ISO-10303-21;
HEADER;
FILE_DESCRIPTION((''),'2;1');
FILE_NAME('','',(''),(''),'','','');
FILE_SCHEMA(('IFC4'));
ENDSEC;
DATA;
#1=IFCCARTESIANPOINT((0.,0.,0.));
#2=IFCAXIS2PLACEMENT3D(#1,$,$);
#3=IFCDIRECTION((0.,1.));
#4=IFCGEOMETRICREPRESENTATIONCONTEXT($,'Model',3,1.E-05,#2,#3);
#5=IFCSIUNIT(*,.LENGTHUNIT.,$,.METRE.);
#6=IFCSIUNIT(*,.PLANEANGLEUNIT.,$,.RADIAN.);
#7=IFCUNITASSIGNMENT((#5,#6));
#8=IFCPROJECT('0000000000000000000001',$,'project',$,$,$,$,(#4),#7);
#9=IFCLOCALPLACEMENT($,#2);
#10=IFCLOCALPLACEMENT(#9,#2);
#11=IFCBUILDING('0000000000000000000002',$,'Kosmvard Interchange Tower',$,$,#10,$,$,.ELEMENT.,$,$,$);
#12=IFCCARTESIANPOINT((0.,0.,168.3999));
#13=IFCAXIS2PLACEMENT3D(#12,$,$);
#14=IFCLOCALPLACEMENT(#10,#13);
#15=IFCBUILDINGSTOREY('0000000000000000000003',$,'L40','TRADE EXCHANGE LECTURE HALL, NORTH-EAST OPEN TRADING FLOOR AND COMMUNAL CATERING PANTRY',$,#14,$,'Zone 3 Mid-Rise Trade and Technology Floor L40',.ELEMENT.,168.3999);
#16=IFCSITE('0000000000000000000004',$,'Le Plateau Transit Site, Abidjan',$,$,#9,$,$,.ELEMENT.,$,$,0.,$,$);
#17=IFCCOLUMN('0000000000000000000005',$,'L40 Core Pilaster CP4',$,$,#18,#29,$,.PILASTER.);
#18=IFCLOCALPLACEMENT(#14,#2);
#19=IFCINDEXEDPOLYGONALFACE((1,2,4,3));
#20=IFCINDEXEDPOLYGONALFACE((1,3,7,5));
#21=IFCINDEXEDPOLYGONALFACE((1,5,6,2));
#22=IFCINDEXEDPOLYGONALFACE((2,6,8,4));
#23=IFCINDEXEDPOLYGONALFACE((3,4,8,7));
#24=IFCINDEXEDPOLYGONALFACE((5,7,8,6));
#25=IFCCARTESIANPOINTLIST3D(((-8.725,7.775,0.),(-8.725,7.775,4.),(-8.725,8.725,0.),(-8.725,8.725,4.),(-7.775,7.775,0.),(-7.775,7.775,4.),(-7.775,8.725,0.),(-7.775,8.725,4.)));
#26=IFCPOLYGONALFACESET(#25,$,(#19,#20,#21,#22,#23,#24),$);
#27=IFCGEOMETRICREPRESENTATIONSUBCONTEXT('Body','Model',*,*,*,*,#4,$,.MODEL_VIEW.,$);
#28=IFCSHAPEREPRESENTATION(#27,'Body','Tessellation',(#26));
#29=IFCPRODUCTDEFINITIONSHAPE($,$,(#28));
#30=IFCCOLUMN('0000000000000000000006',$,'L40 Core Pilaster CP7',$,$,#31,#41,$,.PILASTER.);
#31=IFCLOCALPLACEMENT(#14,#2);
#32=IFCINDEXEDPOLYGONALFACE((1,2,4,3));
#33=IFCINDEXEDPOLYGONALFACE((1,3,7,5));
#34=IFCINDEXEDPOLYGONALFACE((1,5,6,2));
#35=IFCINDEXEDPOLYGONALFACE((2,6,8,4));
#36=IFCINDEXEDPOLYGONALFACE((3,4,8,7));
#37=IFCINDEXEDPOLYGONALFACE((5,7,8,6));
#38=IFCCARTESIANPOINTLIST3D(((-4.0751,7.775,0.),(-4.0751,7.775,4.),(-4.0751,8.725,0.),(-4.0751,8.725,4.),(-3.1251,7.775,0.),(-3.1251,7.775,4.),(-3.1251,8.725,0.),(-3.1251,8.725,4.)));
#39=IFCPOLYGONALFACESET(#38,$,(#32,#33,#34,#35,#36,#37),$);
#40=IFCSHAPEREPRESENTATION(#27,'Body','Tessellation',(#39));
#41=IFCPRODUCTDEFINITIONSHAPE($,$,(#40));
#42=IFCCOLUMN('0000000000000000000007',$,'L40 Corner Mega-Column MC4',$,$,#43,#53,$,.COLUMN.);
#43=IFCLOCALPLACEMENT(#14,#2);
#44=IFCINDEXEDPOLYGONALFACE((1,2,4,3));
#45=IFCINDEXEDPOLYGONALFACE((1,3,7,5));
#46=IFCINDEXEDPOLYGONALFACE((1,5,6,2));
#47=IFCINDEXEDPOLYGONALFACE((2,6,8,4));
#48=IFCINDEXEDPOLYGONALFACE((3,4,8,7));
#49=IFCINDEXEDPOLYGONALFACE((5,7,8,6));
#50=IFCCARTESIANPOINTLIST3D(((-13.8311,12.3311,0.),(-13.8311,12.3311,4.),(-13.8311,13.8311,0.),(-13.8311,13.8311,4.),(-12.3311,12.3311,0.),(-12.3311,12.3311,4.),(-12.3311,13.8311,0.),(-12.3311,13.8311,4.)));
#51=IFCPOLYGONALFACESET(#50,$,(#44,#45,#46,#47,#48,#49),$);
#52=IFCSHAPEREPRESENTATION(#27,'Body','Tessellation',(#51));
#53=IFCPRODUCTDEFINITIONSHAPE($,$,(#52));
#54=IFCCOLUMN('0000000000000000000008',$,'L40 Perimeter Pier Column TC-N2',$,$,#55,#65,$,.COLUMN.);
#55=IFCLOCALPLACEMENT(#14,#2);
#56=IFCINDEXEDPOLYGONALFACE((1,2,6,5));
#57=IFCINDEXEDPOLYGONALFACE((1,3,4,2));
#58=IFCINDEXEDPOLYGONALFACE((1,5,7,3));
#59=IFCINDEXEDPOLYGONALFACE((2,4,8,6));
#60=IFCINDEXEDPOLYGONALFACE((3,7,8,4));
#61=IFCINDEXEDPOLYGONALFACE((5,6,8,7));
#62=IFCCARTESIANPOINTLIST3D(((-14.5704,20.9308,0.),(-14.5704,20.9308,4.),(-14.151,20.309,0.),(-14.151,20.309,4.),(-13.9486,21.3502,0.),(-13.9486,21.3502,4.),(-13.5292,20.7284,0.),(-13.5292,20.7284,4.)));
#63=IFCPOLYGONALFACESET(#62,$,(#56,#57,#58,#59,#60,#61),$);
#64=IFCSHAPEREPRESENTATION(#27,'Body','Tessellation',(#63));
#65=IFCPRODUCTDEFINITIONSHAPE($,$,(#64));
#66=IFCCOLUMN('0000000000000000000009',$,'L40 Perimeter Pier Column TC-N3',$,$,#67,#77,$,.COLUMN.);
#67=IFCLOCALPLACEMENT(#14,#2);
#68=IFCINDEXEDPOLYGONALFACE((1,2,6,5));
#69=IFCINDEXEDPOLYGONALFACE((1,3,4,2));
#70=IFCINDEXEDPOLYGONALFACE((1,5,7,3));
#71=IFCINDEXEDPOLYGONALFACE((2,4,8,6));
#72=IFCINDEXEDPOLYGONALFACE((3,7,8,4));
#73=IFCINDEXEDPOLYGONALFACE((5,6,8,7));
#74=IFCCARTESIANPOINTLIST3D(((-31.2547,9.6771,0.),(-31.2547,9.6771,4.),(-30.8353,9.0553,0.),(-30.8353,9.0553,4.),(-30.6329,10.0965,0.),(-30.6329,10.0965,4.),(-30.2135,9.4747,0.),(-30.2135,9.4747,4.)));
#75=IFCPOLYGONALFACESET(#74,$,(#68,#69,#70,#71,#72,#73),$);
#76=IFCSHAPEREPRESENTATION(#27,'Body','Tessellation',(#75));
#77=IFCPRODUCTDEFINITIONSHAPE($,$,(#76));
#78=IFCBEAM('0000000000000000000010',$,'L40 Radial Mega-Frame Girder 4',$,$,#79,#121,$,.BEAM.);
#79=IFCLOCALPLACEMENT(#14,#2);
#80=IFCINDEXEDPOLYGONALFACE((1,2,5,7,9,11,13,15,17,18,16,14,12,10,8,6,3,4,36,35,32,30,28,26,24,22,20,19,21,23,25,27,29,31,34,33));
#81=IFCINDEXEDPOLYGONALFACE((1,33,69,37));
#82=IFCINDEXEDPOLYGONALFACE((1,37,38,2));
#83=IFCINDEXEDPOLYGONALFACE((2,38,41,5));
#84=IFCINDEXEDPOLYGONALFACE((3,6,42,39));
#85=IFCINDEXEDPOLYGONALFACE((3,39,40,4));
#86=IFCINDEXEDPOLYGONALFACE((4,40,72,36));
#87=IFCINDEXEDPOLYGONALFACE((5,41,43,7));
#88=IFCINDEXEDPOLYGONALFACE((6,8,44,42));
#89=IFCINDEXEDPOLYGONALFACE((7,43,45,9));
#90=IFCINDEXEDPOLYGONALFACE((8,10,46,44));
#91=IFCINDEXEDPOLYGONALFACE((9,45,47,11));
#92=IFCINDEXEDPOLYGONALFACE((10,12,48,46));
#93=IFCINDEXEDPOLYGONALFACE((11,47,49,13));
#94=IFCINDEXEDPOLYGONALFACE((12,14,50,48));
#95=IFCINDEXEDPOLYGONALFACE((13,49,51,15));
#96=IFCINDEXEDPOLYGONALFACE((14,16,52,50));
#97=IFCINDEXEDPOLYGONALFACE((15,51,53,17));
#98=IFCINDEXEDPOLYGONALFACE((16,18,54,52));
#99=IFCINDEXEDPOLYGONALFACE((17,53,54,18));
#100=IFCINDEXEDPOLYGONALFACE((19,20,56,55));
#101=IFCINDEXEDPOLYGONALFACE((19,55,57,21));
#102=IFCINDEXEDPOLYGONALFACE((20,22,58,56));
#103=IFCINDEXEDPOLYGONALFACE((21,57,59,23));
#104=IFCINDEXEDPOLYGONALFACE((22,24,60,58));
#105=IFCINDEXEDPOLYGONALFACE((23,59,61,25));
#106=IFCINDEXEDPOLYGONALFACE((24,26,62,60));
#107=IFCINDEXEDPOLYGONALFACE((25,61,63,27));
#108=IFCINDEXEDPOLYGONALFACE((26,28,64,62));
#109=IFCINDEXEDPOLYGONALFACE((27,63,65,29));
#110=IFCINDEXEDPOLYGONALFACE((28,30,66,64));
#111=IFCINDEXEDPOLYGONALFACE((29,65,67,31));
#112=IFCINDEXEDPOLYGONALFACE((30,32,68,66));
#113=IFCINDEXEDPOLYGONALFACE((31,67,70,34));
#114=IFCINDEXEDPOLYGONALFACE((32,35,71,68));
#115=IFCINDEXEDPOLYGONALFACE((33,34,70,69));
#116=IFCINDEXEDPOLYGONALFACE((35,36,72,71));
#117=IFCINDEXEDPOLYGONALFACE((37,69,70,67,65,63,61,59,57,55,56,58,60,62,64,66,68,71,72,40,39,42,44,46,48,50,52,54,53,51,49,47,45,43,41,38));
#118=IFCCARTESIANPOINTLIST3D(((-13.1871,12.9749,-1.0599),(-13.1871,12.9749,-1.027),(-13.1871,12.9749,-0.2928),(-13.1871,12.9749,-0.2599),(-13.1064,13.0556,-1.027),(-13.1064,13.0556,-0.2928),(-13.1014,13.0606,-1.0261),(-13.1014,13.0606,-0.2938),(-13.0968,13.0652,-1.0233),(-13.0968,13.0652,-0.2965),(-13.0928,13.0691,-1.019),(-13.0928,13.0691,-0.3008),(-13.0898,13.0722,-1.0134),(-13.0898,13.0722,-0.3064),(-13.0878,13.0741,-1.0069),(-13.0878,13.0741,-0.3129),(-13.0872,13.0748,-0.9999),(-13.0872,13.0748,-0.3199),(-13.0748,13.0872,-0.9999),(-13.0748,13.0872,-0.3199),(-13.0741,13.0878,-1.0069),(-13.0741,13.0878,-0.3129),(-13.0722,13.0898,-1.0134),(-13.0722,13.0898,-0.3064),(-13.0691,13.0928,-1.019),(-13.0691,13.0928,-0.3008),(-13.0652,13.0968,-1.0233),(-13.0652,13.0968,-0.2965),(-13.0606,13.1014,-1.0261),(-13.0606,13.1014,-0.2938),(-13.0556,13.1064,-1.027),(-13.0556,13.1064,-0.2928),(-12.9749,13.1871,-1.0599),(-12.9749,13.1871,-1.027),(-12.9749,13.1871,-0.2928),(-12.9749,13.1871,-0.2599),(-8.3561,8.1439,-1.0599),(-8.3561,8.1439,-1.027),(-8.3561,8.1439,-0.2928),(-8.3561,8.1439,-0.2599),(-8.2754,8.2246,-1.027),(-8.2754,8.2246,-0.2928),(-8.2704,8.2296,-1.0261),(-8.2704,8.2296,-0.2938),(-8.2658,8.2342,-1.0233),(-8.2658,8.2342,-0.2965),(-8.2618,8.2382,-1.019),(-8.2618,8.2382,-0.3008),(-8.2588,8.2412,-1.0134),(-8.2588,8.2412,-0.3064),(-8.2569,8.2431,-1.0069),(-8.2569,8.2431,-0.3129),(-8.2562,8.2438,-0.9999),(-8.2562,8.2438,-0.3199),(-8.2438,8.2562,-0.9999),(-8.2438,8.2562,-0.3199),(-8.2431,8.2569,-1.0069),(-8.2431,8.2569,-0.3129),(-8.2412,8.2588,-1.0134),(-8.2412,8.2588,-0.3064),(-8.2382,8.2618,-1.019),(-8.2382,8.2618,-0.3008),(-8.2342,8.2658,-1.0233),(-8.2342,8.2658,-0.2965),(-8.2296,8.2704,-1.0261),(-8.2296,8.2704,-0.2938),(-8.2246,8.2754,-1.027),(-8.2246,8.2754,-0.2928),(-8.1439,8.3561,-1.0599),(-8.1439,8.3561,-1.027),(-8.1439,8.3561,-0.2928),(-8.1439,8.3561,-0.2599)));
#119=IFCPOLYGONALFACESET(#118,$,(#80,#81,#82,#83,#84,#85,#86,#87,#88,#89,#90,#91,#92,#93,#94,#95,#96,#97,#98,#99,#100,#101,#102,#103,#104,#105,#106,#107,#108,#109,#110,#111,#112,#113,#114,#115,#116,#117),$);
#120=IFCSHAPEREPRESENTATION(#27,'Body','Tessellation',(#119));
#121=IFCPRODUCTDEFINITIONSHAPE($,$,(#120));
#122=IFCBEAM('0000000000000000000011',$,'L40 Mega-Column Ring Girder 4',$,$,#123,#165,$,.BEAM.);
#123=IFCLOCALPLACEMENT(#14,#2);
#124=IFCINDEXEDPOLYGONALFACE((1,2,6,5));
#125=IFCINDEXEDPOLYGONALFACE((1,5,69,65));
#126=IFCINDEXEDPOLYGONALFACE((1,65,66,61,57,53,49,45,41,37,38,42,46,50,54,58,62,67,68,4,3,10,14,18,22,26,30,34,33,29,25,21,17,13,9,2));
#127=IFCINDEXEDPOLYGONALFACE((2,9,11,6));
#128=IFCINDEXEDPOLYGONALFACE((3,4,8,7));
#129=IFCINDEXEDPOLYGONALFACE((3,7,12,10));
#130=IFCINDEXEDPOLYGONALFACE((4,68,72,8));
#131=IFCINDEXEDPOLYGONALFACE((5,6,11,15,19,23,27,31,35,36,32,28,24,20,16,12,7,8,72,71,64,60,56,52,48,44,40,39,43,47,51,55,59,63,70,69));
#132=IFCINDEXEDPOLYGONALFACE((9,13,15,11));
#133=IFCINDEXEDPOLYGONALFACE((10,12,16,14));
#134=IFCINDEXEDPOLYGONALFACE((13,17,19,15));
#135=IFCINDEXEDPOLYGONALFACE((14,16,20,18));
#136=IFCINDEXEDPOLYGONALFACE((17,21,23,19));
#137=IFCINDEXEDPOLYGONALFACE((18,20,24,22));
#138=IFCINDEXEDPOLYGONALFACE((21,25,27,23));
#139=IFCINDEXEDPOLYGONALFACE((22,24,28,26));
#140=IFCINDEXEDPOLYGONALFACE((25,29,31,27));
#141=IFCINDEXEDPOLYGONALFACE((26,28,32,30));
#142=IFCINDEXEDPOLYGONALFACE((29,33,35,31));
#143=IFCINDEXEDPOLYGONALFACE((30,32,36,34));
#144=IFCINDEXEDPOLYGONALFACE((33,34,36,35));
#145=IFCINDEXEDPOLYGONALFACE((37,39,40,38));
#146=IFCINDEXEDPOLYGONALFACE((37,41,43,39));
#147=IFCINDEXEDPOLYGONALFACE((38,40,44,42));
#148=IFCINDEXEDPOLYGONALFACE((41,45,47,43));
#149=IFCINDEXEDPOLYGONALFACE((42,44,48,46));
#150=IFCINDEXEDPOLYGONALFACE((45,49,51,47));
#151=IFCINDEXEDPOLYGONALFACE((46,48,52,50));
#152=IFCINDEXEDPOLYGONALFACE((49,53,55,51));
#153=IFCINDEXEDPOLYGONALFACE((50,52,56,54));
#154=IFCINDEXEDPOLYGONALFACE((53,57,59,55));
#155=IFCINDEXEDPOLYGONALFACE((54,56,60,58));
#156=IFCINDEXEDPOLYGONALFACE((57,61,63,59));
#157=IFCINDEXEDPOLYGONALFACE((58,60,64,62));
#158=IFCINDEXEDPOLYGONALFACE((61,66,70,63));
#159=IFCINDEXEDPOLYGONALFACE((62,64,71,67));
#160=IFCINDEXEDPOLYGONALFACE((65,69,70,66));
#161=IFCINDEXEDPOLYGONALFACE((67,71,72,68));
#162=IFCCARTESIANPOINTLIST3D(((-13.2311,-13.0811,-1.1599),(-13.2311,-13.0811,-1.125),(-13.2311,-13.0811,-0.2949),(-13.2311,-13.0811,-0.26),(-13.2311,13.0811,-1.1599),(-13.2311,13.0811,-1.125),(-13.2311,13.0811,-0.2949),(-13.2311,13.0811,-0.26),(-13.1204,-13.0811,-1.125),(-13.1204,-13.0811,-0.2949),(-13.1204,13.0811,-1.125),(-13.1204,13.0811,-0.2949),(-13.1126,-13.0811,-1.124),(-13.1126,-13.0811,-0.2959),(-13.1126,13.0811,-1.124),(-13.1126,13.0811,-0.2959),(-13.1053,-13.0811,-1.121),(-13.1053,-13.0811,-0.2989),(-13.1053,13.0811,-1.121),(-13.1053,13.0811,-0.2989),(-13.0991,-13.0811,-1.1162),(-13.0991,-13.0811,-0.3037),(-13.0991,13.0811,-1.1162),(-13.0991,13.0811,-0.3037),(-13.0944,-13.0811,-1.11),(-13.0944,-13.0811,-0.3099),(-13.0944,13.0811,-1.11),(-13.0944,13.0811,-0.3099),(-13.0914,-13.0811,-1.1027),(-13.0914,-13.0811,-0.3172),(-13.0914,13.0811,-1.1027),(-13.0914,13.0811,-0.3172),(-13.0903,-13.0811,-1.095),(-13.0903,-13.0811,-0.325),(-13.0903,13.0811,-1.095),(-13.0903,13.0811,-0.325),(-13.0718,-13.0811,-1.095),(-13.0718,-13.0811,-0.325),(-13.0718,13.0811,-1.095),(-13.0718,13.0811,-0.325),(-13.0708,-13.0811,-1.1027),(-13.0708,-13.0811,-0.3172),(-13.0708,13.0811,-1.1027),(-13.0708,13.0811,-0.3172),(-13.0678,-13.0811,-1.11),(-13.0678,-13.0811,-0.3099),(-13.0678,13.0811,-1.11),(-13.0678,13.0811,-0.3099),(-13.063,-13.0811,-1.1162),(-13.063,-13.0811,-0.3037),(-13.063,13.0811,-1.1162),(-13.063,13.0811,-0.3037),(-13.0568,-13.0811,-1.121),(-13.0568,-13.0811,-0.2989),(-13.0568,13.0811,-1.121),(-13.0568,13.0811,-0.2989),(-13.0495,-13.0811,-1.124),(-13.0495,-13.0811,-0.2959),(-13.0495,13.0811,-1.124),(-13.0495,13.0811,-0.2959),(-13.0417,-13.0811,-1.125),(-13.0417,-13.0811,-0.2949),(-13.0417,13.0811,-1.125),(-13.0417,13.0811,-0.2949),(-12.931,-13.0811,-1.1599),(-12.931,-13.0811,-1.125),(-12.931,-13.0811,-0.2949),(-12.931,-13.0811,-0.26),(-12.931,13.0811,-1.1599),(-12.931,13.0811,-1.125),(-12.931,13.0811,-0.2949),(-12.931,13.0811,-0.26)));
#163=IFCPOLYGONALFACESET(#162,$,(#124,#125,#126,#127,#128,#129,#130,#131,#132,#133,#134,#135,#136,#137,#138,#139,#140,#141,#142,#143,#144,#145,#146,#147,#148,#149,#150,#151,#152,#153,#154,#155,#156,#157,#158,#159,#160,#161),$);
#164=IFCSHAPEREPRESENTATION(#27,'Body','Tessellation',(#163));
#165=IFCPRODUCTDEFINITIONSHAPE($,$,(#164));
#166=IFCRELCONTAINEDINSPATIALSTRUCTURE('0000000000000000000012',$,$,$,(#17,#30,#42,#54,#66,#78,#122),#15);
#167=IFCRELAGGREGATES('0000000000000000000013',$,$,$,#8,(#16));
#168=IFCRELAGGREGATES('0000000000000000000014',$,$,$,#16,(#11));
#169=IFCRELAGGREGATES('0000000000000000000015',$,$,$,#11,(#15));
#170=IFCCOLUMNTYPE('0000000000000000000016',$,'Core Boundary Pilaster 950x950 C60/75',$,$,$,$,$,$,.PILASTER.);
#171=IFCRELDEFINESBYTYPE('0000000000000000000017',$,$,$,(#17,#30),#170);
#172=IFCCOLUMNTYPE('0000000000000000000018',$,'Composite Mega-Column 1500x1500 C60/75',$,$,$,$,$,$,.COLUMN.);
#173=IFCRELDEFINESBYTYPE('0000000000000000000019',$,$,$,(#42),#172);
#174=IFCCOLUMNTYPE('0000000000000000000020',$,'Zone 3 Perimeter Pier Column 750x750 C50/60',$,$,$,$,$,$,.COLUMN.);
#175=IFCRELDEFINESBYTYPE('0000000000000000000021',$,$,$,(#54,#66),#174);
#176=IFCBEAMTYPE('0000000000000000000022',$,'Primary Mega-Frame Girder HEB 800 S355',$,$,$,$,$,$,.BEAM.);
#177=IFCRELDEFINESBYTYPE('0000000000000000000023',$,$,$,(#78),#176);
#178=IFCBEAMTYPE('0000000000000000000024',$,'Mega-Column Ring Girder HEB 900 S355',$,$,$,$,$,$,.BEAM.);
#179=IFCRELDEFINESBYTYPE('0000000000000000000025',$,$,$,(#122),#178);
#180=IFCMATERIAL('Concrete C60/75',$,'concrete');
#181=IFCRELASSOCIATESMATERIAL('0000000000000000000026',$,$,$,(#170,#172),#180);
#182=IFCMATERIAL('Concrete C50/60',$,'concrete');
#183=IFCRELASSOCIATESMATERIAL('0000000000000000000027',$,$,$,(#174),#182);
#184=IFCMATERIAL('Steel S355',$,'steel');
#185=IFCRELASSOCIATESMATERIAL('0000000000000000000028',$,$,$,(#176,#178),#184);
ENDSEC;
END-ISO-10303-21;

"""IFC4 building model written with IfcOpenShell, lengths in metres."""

from ifc_helpers import new_model, si_unit, direction, frame, origin, origin_2d, place, context, subcontext, project, spatial, rectangle, i_section, extrude, source, transform, mapped, material, material_profile, profile_set, type_object, element, save


model = new_model("IFC4")

# Units and contexts
model_context = context("Model", 3, precision=1e-05, world=origin(), true_north=direction((0.0, 1.0)))
body_context = subcontext(model_context, "Body", "Model", "MODEL_VIEW")
ifc_project = project(units=[si_unit("LENGTHUNIT", "METRE"), si_unit("PLANEANGLEUNIT", "RADIAN")], contexts=[model_context])

# Site, building, storey
site_placement = place(None, origin())
site = spatial("IfcSite", under=ifc_project, at=site_placement, Name="Le Plateau Transit Site, Abidjan", CompositionType="ELEMENT", RefElevation=0.0)
building_placement = place(site_placement, origin())
building = spatial("IfcBuilding", under=site, at=building_placement, Name="Kosmvard Interchange Tower", CompositionType="ELEMENT")
storey_placement = place(building_placement, frame((0.0, 0.0, 168.3999)))
storey = spatial("IfcBuildingStorey", under=building, at=storey_placement, Name="L40", Description="TRADE EXCHANGE LECTURE HALL, NORTH-EAST OPEN TRADING FLOOR AND COMMUNAL CATERING PANTRY", LongName="Zone 3 Mid-Rise Trade and Technology Floor L40", CompositionType="ELEMENT", Elevation=168.3999)

# Columns
ifc_material_1 = material(Name="Concrete C60/75", Category="concrete")
ifc_material_profile_1 = material_profile(ifc_material_1, rectangle(XDim=0.95, YDim=0.95, at=origin_2d()), Name="CP 950x950")
ifc_profile_set_1 = profile_set([ifc_material_profile_1], Name="Concrete C60/75")
column_type_1 = type_object("IfcColumnType", Name="Core Boundary Pilaster 950x950 C60/75", PredefinedType="PILASTER", material=ifc_profile_set_1)
shared_shape_1 = source(origin(), body_context, "Body", "SweptSolid", [
    extrude(rectangle(XDim=0.95, YDim=0.95, at=origin_2d()), origin(), (0.0, 0.0, 1.0), 4.0),
])
for number, where, z_axis, x_axis, name in (
    (1, (-8.25, 8.25, 0.0), (0.0, 0.0, 1.0), (1.0, 0.0, 0.0), "L40 Core Pilaster CP4"),
    (2, (-3.6001, 8.25, 0.0), (0.0, 0.0, 1.0), (1.0, 0.0, 0.0), "L40 Core Pilaster CP7"),
):
    element("IfcColumn", number, at=place(storey_placement, frame(where, z_axis=z_axis, x_axis=x_axis)), inside=storey, type_object=column_type_1, Name=name, PredefinedType="PILASTER", context=body_context, shape_type="MappedRepresentation", body=[
        mapped(shared_shape_1, transform((0.0, 0.0, 0.0), scale=1.0)),
    ])
ifc_material_profile_2 = material_profile(ifc_material_1, rectangle(XDim=1.5, YDim=1.5, at=origin_2d()), Name="MC 1500x1500")
ifc_profile_set_2 = profile_set([ifc_material_profile_2], Name="Concrete C60/75")
column_type_2 = type_object("IfcColumnType", Name="Composite Mega-Column 1500x1500 C60/75", PredefinedType="COLUMN", material=ifc_profile_set_2)
shared_shape_2 = source(origin(), body_context, "Body", "SweptSolid", [
    extrude(rectangle(XDim=1.5, YDim=1.5, at=origin_2d()), origin(), (0.0, 0.0, 1.0), 4.0),
])
column_placement = place(storey_placement, frame((-13.0811, 13.0811, 0.0), z_axis=(0.0, 0.0, 1.0), x_axis=(1.0, 0.0, 0.0)))
element("IfcColumn", 3, at=column_placement, inside=storey, type_object=column_type_2, Name="L40 Corner Mega-Column MC4", PredefinedType="COLUMN", context=body_context, shape_type="MappedRepresentation", body=[
    mapped(shared_shape_2, transform((0.0, 0.0, 0.0), scale=1.0)),
])
ifc_material_2 = material(Name="Concrete C50/60", Category="concrete")
ifc_material_profile_3 = material_profile(ifc_material_2, rectangle(XDim=0.75, YDim=0.75, at=origin_2d()), Name="TC 750x750")
ifc_profile_set_3 = profile_set([ifc_material_profile_3], Name="Concrete C50/60")
column_type_3 = type_object("IfcColumnType", Name="Zone 3 Perimeter Pier Column 750x750 C50/60", PredefinedType="COLUMN", material=ifc_profile_set_3)
shared_shape_3 = source(origin(), body_context, "Body", "SweptSolid", [
    extrude(rectangle(XDim=0.75, YDim=0.75, at=origin_2d()), origin(), (0.0, 0.0, 1.0), 4.0),
])
for number, where, z_axis, x_axis, name in (
    (4, (-14.0498, 20.8296, 0.0), (0.0, 0.0, 1.0), (0.829038, 0.559193, 0.0), "L40 Perimeter Pier Column TC-N2"),
    (5, (-30.7341, 9.5759, 0.0), (0.0, 0.0, 1.0), (0.829038, 0.559193, 0.0), "L40 Perimeter Pier Column TC-N3"),
):
    element("IfcColumn", number, at=place(storey_placement, frame(where, z_axis=z_axis, x_axis=x_axis)), inside=storey, type_object=column_type_3, Name=name, PredefinedType="COLUMN", context=body_context, shape_type="MappedRepresentation", body=[
        mapped(shared_shape_3, transform((0.0, 0.0, 0.0), scale=1.0)),
    ])

# Beams
ifc_material_3 = material(Name="Steel S355", Category="steel")
ifc_material_profile_4 = material_profile(ifc_material_3, i_section(OverallWidth=0.3, OverallDepth=0.8, WebThickness=0.0176, FlangeThickness=0.033, FilletRadius=0.0271, at=origin_2d()), Name="HEB 800")
ifc_profile_set_4 = profile_set([ifc_material_profile_4], Name="Steel S355")
beam_type_1 = type_object("IfcBeamType", Name="Primary Mega-Frame Girder HEB 800 S355", PredefinedType="BEAM", material=ifc_profile_set_4)
shared_shape_4 = source(origin(), body_context, "Body", "SweptSolid", [
    extrude(i_section(OverallWidth=0.3, OverallDepth=0.8, WebThickness=0.0176, FlangeThickness=0.033, FilletRadius=0.0271, at=origin_2d()), origin(), (0.0, 0.0, 1.0), 6.832),
])
beam_1_placement = place(storey_placement, frame((-8.25, 8.25, -0.6599), z_axis=(-0.707107, 0.707107, 0.0), x_axis=(-0.707107, -0.707107, 0.0)))
element("IfcBeam", 6, at=beam_1_placement, inside=storey, type_object=beam_type_1, Name="L40 Radial Mega-Frame Girder 4", PredefinedType="BEAM", context=body_context, shape_type="MappedRepresentation", body=[
    mapped(shared_shape_4, transform((0.0, 0.0, 0.0), scale=1.0)),
])
ifc_material_profile_5 = material_profile(ifc_material_3, i_section(OverallWidth=0.3, OverallDepth=0.8999, WebThickness=0.0186, FlangeThickness=0.0349, FilletRadius=0.03, at=origin_2d()), Name="HEB 900")
ifc_profile_set_5 = profile_set([ifc_material_profile_5], Name="Steel S355")
beam_type_2 = type_object("IfcBeamType", Name="Mega-Column Ring Girder HEB 900 S355", PredefinedType="BEAM", material=ifc_profile_set_5)
shared_shape_5 = source(origin(), body_context, "Body", "SweptSolid", [
    extrude(i_section(OverallWidth=0.3, OverallDepth=0.8999, WebThickness=0.0186, FlangeThickness=0.0349, FilletRadius=0.03, at=origin_2d()), origin(), (0.0, 0.0, 1.0), 26.1621),
])
beam_2_placement = place(storey_placement, frame((-13.0811, 13.0811, -0.71), z_axis=(0.0, -1.0, 0.0), x_axis=(1.0, 0.0, 0.0)))
element("IfcBeam", 7, at=beam_2_placement, inside=storey, type_object=beam_type_2, Name="L40 Mega-Column Ring Girder 4", PredefinedType="BEAM", context=body_context, shape_type="MappedRepresentation", body=[
    mapped(shared_shape_5, transform((0.0, 0.0, 0.0), scale=1.0)),
])

save(model, "model.ifc")
